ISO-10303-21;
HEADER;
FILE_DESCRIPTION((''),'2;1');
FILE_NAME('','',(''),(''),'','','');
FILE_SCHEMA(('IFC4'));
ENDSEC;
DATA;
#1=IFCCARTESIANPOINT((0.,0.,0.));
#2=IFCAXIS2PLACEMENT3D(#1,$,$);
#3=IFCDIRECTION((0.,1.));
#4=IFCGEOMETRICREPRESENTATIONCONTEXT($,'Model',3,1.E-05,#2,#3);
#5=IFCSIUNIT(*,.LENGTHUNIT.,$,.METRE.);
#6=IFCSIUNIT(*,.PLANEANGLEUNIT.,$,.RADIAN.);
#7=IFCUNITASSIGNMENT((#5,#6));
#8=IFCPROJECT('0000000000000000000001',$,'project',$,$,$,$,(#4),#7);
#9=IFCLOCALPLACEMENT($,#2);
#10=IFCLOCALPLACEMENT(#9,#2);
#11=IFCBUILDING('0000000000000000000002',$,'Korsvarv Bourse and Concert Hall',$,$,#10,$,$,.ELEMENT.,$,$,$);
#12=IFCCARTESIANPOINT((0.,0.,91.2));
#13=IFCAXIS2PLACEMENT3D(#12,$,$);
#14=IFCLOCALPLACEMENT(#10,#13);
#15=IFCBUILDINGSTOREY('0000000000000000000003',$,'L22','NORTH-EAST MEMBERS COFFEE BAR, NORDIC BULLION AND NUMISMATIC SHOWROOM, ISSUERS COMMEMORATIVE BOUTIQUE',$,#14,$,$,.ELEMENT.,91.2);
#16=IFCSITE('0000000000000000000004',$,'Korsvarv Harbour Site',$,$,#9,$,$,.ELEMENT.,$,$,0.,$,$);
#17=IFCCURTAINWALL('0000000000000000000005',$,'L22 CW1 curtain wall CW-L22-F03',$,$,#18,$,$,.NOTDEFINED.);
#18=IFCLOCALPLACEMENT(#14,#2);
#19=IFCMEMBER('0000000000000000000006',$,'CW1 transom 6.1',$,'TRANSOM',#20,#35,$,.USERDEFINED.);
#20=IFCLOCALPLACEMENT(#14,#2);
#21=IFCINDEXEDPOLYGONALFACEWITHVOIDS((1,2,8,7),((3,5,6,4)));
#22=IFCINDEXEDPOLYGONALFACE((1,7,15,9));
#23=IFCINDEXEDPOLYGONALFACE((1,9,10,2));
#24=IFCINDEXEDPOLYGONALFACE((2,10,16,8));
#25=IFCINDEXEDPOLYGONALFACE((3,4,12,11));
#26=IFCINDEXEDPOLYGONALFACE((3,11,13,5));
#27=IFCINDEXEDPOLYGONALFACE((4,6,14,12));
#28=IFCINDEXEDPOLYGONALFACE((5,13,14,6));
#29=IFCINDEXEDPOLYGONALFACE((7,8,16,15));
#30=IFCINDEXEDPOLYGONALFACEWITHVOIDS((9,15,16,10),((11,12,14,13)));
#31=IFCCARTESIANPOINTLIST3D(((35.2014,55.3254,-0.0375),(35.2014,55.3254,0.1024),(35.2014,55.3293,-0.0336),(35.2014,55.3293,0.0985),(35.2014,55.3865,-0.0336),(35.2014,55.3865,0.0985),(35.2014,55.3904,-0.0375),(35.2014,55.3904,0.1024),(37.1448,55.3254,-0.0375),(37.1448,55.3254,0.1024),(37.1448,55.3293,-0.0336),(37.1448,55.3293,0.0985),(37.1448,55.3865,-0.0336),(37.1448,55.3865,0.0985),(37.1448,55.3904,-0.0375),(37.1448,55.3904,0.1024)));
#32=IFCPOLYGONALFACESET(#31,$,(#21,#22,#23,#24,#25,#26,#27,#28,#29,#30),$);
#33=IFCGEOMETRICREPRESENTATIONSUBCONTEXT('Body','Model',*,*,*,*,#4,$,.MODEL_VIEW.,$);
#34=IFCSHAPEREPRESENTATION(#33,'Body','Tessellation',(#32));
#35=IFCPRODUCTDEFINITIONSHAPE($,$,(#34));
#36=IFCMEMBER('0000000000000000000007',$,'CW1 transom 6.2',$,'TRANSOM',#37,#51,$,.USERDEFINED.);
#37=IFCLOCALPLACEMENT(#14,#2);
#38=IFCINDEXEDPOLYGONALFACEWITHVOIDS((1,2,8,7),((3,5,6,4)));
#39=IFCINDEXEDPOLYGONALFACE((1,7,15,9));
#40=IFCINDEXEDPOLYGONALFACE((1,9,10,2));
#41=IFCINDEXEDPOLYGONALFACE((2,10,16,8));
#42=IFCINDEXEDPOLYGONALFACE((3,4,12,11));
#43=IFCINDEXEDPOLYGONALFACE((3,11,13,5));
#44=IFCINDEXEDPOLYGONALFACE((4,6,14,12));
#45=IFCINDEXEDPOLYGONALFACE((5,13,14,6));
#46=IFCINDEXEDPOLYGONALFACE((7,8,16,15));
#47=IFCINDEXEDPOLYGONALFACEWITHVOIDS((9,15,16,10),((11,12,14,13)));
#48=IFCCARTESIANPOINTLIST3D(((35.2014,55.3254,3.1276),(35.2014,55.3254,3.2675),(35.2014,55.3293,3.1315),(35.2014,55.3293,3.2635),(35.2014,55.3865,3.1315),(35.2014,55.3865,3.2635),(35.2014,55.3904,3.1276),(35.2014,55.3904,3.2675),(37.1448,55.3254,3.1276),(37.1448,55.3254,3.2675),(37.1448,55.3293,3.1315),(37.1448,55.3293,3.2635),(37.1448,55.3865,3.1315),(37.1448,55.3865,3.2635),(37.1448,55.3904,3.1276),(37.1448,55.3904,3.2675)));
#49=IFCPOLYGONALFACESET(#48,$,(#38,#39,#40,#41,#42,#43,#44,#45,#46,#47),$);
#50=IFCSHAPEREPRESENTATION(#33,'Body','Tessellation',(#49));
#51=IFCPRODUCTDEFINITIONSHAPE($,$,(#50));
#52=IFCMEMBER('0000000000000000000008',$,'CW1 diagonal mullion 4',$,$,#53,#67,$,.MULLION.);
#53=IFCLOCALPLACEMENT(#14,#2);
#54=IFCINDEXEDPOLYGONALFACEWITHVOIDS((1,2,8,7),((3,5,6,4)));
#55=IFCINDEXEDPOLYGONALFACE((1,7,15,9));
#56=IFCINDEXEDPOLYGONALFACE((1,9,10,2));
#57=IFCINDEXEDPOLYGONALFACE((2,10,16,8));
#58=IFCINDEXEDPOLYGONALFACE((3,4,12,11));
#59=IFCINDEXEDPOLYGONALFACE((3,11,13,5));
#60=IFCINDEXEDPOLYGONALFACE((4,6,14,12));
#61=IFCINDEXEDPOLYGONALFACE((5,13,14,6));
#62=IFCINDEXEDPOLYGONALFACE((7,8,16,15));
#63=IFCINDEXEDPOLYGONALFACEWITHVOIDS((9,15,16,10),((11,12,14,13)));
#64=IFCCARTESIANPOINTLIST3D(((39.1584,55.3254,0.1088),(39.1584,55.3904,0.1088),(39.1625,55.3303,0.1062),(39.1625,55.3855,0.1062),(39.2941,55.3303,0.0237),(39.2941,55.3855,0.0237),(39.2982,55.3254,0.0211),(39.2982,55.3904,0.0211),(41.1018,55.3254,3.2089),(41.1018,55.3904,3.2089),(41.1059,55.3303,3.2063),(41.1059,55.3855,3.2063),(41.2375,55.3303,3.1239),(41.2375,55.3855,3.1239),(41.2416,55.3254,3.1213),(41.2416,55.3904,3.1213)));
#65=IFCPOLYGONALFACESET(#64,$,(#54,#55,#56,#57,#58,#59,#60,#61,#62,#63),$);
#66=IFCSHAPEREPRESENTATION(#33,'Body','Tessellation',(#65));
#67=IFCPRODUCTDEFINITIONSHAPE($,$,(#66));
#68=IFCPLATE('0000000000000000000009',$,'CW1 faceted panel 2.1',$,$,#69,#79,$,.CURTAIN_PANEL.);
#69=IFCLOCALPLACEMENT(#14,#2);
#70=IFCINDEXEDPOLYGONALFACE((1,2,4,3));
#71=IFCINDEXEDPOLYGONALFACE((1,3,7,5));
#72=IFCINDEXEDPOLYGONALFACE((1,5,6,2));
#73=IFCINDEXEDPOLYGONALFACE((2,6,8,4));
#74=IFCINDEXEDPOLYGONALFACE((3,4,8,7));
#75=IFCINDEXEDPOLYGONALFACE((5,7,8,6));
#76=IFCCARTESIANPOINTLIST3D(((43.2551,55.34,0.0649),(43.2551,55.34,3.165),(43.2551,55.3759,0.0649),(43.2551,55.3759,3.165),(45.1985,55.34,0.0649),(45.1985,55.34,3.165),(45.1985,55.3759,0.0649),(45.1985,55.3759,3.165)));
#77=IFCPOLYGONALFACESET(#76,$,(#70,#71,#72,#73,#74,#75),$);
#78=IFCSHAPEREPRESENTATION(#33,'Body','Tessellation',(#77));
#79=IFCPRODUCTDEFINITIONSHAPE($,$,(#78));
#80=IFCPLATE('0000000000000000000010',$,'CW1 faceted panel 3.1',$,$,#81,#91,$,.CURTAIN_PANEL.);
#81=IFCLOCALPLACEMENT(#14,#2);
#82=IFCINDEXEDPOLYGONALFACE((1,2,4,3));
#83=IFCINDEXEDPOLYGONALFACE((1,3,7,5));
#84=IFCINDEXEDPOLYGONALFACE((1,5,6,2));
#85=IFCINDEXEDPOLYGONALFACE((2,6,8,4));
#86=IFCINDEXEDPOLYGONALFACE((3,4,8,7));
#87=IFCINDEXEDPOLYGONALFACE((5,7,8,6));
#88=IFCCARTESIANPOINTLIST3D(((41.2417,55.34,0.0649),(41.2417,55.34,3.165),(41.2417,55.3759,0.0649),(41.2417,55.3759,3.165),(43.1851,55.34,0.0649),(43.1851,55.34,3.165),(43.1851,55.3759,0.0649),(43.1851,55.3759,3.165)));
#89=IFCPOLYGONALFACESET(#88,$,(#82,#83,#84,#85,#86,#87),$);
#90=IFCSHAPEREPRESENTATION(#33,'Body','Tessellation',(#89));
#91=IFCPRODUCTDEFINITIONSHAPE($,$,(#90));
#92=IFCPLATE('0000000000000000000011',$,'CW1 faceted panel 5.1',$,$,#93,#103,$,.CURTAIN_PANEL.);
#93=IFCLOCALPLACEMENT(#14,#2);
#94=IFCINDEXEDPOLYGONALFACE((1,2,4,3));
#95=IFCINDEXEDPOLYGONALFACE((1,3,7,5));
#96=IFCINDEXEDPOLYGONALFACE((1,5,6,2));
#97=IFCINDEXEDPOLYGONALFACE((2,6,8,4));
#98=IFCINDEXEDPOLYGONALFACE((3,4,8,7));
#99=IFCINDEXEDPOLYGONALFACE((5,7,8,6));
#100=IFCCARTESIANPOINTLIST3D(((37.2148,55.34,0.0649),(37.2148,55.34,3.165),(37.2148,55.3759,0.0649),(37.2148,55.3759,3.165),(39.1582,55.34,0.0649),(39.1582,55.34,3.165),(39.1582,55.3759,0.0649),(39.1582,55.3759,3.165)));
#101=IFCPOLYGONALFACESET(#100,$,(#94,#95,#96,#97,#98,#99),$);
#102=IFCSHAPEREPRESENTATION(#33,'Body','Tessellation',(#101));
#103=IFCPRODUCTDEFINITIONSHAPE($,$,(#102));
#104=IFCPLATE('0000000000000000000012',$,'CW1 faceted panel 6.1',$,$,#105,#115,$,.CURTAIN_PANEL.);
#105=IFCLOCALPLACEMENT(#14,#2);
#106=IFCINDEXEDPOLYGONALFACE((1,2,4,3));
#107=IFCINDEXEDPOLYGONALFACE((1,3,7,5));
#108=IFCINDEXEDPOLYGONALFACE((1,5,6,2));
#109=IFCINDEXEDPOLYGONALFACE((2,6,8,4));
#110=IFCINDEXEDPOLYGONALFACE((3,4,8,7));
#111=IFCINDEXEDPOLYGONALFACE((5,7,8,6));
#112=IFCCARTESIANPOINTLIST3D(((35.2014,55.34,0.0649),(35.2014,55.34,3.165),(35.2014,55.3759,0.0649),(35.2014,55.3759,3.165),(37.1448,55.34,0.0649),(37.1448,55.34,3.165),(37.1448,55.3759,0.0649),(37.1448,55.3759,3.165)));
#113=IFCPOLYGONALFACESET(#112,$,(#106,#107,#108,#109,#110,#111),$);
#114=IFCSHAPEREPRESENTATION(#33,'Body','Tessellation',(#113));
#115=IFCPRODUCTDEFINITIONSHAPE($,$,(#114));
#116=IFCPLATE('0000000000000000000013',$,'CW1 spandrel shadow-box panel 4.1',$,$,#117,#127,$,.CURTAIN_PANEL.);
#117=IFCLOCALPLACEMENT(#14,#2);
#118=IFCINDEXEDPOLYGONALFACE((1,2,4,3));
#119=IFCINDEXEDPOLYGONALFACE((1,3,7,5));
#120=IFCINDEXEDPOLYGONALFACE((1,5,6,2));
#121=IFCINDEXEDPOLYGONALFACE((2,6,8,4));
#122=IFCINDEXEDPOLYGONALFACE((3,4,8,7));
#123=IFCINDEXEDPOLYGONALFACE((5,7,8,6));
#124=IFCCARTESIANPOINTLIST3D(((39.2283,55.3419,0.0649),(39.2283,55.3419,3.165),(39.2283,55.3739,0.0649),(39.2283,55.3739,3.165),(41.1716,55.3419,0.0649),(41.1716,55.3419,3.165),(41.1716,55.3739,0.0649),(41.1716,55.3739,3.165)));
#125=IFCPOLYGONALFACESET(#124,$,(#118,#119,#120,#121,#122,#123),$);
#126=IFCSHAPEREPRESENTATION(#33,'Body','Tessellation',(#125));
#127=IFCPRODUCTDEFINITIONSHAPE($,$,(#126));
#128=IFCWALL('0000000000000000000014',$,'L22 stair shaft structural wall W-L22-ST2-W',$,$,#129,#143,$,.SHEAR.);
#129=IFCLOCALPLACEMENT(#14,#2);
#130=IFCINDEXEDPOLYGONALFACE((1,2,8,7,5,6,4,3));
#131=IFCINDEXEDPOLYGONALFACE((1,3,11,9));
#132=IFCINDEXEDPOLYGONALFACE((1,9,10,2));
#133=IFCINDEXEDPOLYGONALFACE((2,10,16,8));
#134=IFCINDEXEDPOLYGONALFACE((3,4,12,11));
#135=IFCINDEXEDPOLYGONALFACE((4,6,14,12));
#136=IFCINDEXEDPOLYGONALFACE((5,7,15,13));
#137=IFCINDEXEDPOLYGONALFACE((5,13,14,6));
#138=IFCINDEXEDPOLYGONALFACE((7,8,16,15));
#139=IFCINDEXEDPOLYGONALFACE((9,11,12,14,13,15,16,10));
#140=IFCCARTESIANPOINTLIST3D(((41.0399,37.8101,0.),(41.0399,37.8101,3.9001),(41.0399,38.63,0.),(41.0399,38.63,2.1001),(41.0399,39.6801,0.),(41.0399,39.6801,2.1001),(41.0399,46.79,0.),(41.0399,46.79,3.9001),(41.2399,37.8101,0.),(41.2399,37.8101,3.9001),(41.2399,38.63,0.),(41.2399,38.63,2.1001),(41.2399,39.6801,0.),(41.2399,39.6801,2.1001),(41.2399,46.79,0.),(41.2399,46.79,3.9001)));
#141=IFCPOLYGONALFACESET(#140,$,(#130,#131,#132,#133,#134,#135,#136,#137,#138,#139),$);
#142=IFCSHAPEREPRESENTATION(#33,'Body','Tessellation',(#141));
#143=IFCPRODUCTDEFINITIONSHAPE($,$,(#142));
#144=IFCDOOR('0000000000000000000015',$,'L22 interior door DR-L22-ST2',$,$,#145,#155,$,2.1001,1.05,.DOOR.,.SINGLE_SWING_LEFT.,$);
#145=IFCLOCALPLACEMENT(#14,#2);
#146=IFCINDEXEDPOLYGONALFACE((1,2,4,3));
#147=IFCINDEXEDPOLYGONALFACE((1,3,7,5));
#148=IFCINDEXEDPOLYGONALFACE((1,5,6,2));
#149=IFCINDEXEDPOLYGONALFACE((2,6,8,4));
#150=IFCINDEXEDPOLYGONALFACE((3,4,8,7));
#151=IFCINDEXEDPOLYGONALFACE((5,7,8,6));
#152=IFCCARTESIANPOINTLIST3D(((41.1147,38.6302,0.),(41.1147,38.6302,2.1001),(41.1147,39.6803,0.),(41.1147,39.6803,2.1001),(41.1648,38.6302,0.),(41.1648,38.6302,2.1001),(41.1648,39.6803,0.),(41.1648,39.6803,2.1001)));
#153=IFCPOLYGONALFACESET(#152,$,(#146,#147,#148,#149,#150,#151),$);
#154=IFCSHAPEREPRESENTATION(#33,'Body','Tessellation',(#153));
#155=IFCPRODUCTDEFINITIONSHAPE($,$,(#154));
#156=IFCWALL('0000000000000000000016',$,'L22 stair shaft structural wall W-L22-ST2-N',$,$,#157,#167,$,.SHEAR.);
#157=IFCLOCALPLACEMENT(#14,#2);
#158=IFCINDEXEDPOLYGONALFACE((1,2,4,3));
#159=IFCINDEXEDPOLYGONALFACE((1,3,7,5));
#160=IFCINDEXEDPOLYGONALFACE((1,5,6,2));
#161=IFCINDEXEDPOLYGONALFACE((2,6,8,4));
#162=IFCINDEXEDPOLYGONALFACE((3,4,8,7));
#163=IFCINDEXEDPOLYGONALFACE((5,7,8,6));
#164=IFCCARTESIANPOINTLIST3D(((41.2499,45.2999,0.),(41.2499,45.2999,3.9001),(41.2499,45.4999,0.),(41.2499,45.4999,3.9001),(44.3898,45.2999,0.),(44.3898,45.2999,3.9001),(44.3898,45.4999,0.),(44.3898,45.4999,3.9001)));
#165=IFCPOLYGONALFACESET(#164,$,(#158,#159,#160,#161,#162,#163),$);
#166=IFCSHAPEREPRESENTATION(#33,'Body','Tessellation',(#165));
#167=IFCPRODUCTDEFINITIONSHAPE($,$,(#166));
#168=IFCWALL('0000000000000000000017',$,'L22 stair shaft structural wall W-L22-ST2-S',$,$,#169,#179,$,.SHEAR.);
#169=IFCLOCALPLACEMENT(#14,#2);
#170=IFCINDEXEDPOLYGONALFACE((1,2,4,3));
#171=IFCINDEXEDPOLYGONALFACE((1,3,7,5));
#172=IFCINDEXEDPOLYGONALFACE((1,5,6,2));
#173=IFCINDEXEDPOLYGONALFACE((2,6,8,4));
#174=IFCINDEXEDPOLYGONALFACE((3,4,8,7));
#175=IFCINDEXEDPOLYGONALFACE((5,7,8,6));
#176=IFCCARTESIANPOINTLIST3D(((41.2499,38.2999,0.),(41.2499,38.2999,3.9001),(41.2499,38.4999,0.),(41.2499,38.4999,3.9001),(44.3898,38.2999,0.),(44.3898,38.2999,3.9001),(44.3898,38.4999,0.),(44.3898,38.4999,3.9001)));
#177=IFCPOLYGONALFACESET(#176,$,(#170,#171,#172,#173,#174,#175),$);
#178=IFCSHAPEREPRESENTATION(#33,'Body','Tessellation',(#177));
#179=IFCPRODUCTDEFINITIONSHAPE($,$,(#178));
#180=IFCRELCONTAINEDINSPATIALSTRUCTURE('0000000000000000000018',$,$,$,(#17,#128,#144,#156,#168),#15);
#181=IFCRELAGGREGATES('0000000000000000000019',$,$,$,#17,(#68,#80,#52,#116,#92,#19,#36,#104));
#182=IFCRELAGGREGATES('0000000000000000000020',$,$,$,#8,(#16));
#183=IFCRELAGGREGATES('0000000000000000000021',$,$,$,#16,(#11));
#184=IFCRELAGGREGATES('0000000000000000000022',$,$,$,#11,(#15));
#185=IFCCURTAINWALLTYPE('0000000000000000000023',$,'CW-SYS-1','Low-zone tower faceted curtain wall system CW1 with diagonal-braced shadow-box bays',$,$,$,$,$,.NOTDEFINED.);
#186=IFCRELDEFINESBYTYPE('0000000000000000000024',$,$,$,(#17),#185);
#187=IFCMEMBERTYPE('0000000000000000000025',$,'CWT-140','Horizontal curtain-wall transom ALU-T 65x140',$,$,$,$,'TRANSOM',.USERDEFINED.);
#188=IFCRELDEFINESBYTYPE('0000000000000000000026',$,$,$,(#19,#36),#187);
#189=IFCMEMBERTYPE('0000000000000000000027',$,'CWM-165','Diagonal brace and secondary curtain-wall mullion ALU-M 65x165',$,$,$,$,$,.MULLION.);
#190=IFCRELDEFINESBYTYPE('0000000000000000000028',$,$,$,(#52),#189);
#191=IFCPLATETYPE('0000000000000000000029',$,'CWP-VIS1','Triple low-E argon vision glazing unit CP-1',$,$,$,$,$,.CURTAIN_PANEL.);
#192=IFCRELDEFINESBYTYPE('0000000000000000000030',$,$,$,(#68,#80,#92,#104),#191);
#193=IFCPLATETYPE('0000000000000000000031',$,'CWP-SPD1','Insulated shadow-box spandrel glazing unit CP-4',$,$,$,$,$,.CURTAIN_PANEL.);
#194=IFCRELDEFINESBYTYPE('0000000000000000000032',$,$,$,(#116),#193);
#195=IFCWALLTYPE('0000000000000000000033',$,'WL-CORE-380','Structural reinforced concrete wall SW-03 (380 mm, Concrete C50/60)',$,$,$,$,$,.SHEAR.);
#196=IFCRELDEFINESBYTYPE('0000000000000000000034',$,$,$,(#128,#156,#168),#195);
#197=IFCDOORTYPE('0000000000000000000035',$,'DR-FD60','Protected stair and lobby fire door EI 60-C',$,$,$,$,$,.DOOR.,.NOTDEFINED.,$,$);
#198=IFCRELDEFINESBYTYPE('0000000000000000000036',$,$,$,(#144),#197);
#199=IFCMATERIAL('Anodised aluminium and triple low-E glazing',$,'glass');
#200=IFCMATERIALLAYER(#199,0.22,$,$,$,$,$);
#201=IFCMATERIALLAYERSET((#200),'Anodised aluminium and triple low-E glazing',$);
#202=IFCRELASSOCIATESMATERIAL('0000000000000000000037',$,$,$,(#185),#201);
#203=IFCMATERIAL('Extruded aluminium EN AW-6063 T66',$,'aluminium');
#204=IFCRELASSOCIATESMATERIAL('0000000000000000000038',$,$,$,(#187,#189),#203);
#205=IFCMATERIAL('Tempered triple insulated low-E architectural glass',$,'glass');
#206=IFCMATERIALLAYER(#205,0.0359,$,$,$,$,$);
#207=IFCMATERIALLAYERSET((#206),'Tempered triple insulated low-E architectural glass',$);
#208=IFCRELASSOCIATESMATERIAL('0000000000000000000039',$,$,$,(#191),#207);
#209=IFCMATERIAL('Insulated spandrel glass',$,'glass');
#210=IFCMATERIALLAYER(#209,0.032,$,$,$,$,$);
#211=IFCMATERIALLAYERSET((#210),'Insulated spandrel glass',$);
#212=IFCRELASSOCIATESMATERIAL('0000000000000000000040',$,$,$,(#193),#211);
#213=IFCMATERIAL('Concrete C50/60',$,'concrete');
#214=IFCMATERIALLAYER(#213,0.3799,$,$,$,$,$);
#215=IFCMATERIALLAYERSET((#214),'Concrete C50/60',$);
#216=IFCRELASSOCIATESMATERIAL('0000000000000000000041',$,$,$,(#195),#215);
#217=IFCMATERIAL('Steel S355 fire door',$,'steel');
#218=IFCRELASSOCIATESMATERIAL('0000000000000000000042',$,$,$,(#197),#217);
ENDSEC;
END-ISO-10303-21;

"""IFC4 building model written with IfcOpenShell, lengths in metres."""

from ifc_helpers import new_model, si_unit, direction, frame, frame_2d, origin, origin_2d, place, context, subcontext, project, spatial, rectangle, hollow_rectangle, extrude, source, transform, mapped, material, layer, layer_set, material_profile, profile_set, type_object, element, fill, aggregate, save


model = new_model("IFC4")

# Units and contexts
model_context = context("Model", 3, precision=1e-05, world=origin(), true_north=direction((0.0, 1.0)))
body_context = subcontext(model_context, "Body", "Model", "MODEL_VIEW")
ifc_project = project(units=[si_unit("LENGTHUNIT", "METRE"), si_unit("PLANEANGLEUNIT", "RADIAN")], contexts=[model_context])

# Site, building, storey
site_placement = place(None, origin())
site = spatial("IfcSite", under=ifc_project, at=site_placement, Name="Korsvarv Harbour Site", CompositionType="ELEMENT", RefElevation=0.0)
building_placement = place(site_placement, origin())
building = spatial("IfcBuilding", under=site, at=building_placement, Name="Korsvarv Bourse and Concert Hall", CompositionType="ELEMENT")
storey_placement = place(building_placement, frame((0.0, 0.0, 91.2)))
storey = spatial("IfcBuildingStorey", under=building, at=storey_placement, Name="L22", Description="NORTH-EAST MEMBERS COFFEE BAR, NORDIC BULLION AND NUMISMATIC SHOWROOM, ISSUERS COMMEMORATIVE BOUTIQUE", CompositionType="ELEMENT", Elevation=91.2)

# Curtain wall, members, plates
ifc_material_1 = material(Name="Anodised aluminium and triple low-E glazing", Category="glass")
ifc_layer_1 = layer(ifc_material_1, 0.22)
ifc_layer_set_1 = layer_set([ifc_layer_1], Name="Anodised aluminium and triple low-E glazing")
curtain_wall_type = type_object("IfcCurtainWallType", Name="CW-SYS-1", Description="Low-zone tower faceted curtain wall system CW1 with diagonal-braced shadow-box bays", PredefinedType="NOTDEFINED", material=ifc_layer_set_1)
curtain_wall_placement = place(storey_placement, origin())
curtain_wall = element("IfcCurtainWall", 1, at=curtain_wall_placement, inside=storey, type_object=curtain_wall_type, Name="L22 CW1 curtain wall CW-L22-F03", PredefinedType="NOTDEFINED")
ifc_material_2 = material(Name="Extruded aluminium EN AW-6063 T66", Category="aluminium")
ifc_material_profile_1 = material_profile(ifc_material_2, hollow_rectangle(XDim=0.0649, YDim=0.1399, WallThickness=0.0039, at=origin_2d()), Name="ALU-T 65x140")
ifc_profile_set_1 = profile_set([ifc_material_profile_1], Name="Extruded aluminium EN AW-6063 T66")
member_type_1 = type_object("IfcMemberType", Name="CWT-140", Description="Horizontal curtain-wall transom ALU-T 65x140", ElementType="TRANSOM", PredefinedType="USERDEFINED", material=ifc_profile_set_1)
shared_shape_1 = source(origin(), body_context, "Body", "SweptSolid", [
    extrude(hollow_rectangle(XDim=0.0649, YDim=0.1399, WallThickness=0.0039, at=origin_2d()), origin(), (0.0, 0.0, 1.0), 1.9434),
])
member_1_placement = place(storey_placement, frame((37.1448, 55.3579, 0.0325), z_axis=(-1.0, 0.0, 0.0), x_axis=(0.0, -1.0, 0.0)))
member_1 = element("IfcMember", 2, at=member_1_placement, type_object=member_type_1, Name="CW1 transom 6.1", ObjectType="TRANSOM", PredefinedType="USERDEFINED", context=body_context, shape_type="MappedRepresentation", body=[
    mapped(shared_shape_1, transform((0.0, 0.0, 0.0), scale=1.0)),
])
member_2_placement = place(storey_placement, frame((37.1448, 55.3579, 3.1975), z_axis=(-1.0, 0.0, 0.0), x_axis=(0.0, -1.0, 0.0)))
member_2 = element("IfcMember", 3, at=member_2_placement, type_object=member_type_1, Name="CW1 transom 6.2", ObjectType="TRANSOM", PredefinedType="USERDEFINED", context=body_context, shape_type="MappedRepresentation", body=[
    mapped(shared_shape_1, transform((0.0, 0.0, 0.0), scale=1.0)),
])
ifc_material_profile_2 = material_profile(ifc_material_2, hollow_rectangle(XDim=0.0649, YDim=0.165, WallThickness=0.0049, at=origin_2d()), Name="ALU-M 65x165")
ifc_profile_set_2 = profile_set([ifc_material_profile_2], Name="Extruded aluminium EN AW-6063 T66")
member_type_2 = type_object("IfcMemberType", Name="CWM-165", Description="Diagonal brace and secondary curtain-wall mullion ALU-M 65x165", PredefinedType="MULLION", material=ifc_profile_set_2)
shared_shape_2 = source(origin(), body_context, "Body", "SweptSolid", [
    extrude(hollow_rectangle(XDim=0.0649, YDim=0.165, WallThickness=0.0049, at=origin_2d()), origin(), (0.0, 0.0, 1.0), 3.6589),
])
member_3_placement = place(storey_placement, frame((39.2283, 55.3579, 0.0649), z_axis=(0.531138, 0.0, 0.847285), x_axis=(0.0, 1.0, 0.0)))
member_3 = element("IfcMember", 4, at=member_3_placement, type_object=member_type_2, Name="CW1 diagonal mullion 4", PredefinedType="MULLION", context=body_context, shape_type="MappedRepresentation", body=[
    mapped(shared_shape_2, transform((0.0, 0.0, 0.0), scale=1.0)),
])
ifc_material_3 = material(Name="Tempered triple insulated low-E architectural glass", Category="glass")
ifc_layer_2 = layer(ifc_material_3, 0.0359)
ifc_layer_set_2 = layer_set([ifc_layer_2], Name="Tempered triple insulated low-E architectural glass")
plate_type_1 = type_object("IfcPlateType", Name="CWP-VIS1", Description="Triple low-E argon vision glazing unit CP-1", PredefinedType="CURTAIN_PANEL", material=ifc_layer_set_2)
shared_shape_3 = source(origin(), body_context, "Body", "SweptSolid", [
    extrude(rectangle(XDim=1.9434, YDim=0.0359, at=origin_2d()), origin(), (0.0, 0.0, 1.0), 3.1001),
])
plate_1_placement = place(storey_placement, frame((44.2268, 55.3579, 0.0649), z_axis=(0.0, 0.0, 1.0), x_axis=(-1.0, 0.0, 0.0)))
plate_1 = element("IfcPlate", 5, at=plate_1_placement, type_object=plate_type_1, Name="CW1 faceted panel 2.1", PredefinedType="CURTAIN_PANEL", context=body_context, shape_type="MappedRepresentation", body=[
    mapped(shared_shape_3, transform((0.0, 0.0, 0.0), scale=1.0)),
])
plate_2_placement = place(storey_placement, frame((42.2134, 55.3579, 0.0649), z_axis=(0.0, 0.0, 1.0), x_axis=(-1.0, 0.0, 0.0)))
plate_2 = element("IfcPlate", 6, at=plate_2_placement, type_object=plate_type_1, Name="CW1 faceted panel 3.1", PredefinedType="CURTAIN_PANEL", context=body_context, shape_type="MappedRepresentation", body=[
    mapped(shared_shape_3, transform((0.0, 0.0, 0.0), scale=1.0)),
])
plate_3_placement = place(storey_placement, frame((38.1865, 55.3579, 0.0649), z_axis=(0.0, 0.0, 1.0), x_axis=(-1.0, 0.0, 0.0)))
plate_3 = element("IfcPlate", 7, at=plate_3_placement, type_object=plate_type_1, Name="CW1 faceted panel 5.1", PredefinedType="CURTAIN_PANEL", context=body_context, shape_type="MappedRepresentation", body=[
    mapped(shared_shape_3, transform((0.0, 0.0, 0.0), scale=1.0)),
])
plate_4_placement = place(storey_placement, frame((36.1731, 55.3579, 0.0649), z_axis=(0.0, 0.0, 1.0), x_axis=(-1.0, 0.0, 0.0)))
plate_4 = element("IfcPlate", 8, at=plate_4_placement, type_object=plate_type_1, Name="CW1 faceted panel 6.1", PredefinedType="CURTAIN_PANEL", context=body_context, shape_type="MappedRepresentation", body=[
    mapped(shared_shape_3, transform((0.0, 0.0, 0.0), scale=1.0)),
])
ifc_material_4 = material(Name="Insulated spandrel glass", Category="glass")
ifc_layer_3 = layer(ifc_material_4, 0.032)
ifc_layer_set_3 = layer_set([ifc_layer_3], Name="Insulated spandrel glass")
plate_type_2 = type_object("IfcPlateType", Name="CWP-SPD1", Description="Insulated shadow-box spandrel glazing unit CP-4", PredefinedType="CURTAIN_PANEL", material=ifc_layer_set_3)
shared_shape_4 = source(origin(), body_context, "Body", "SweptSolid", [
    extrude(rectangle(XDim=1.9434, YDim=0.032, at=origin_2d()), origin(), (0.0, 0.0, 1.0), 3.1001),
])
plate_5_placement = place(storey_placement, frame((40.2, 55.3579, 0.0649), z_axis=(0.0, 0.0, 1.0), x_axis=(-1.0, 0.0, 0.0)))
plate_5 = element("IfcPlate", 9, at=plate_5_placement, type_object=plate_type_2, Name="CW1 spandrel shadow-box panel 4.1", PredefinedType="CURTAIN_PANEL", context=body_context, shape_type="MappedRepresentation", body=[
    mapped(shared_shape_4, transform((0.0, 0.0, 0.0), scale=1.0)),
])
aggregate(curtain_wall, [plate_1, plate_2, member_3, plate_5, plate_3, member_1, member_2, plate_4])

# Wall, opening, door
ifc_material_5 = material(Name="Concrete C50/60", Category="concrete")
ifc_layer_4 = layer(ifc_material_5, 0.3799)
ifc_layer_set_4 = layer_set([ifc_layer_4], Name="Concrete C50/60")
wall_type_1 = type_object("IfcWallType", Name="WL-CORE-380", Description="Structural reinforced concrete wall SW-03 (380 mm, Concrete C50/60)", PredefinedType="SHEAR", material=ifc_layer_set_4)
wall_1_placement = place(storey_placement, frame((41.1399, 37.8101, 0.0), z_axis=(0.0, 0.0, 1.0), x_axis=(0.0, 1.0, 0.0)))
wall_1 = element("IfcWall", 10, at=wall_1_placement, inside=storey, type_object=wall_type_1, Name="L22 stair shaft structural wall W-L22-ST2-W", PredefinedType="SHEAR", context=body_context, shape_type="SweptSolid", body=[
    extrude(rectangle(XDim=8.98, YDim=0.2, at=frame_2d((4.49, 0.0))), origin(), (0.0, 0.0, 1.0), 3.9001),
])
opening_1_placement = place(wall_1_placement, frame((0.8201, 0.0, 0.0)))
opening_1 = element("IfcOpeningElement", 11, at=opening_1_placement, cuts=wall_1, PredefinedType="OPENING", context=body_context, shape_type="SweptSolid", body=[
    extrude(rectangle(XDim=1.05, YDim=2.1001, at=frame_2d((0.5249, 1.05))), frame((0.0, 0.1099, 0.0), z_axis=(0.0, -1.0, 0.0), x_axis=(1.0, 0.0, 0.0)), (0.0, 0.0, 1.0), 0.22),
])
ifc_material_6 = material(Name="Steel S355 fire door", Category="steel")
door_type_1 = type_object("IfcDoorType", Name="DR-FD60", Description="Protected stair and lobby fire door EI 60-C", OperationType="NOTDEFINED", PredefinedType="DOOR", material=ifc_material_6)
door_1_placement = place(opening_1_placement, frame((1.05, 0.0, 0.0), z_axis=(0.0, 0.0, 1.0), x_axis=(-1.0, 0.0, 0.0)))
door_1 = element("IfcDoor", 12, at=door_1_placement, inside=storey, type_object=door_type_1, Name="L22 interior door DR-L22-ST2", OperationType="SINGLE_SWING_LEFT", OverallHeight=2.1001, OverallWidth=1.05, PredefinedType="DOOR", context=body_context, shape_type="SweptSolid", body=[
    extrude(rectangle(XDim=1.05, YDim=2.1001, at=frame_2d((0.5249, 1.05))), frame((0.0, 0.0249, 0.0), z_axis=(0.0, -1.0, 0.0), x_axis=(1.0, 0.0, 0.0)), (0.0, 0.0, 1.0), 0.05),
])
fill(opening_1, door_1)

# Walls
for number, where, z_axis, x_axis, name in (
    (13, (41.25, 45.3999, 0.0), (0.0, 0.0, 1.0), (1.0, 0.0, 0.0), "L22 stair shaft structural wall W-L22-ST2-N"),
    (14, (41.25, 38.3999, 0.0), (0.0, 0.0, 1.0), (1.0, 0.0, 0.0), "L22 stair shaft structural wall W-L22-ST2-S"),
):
    element("IfcWall", number, at=place(storey_placement, frame(where, z_axis=z_axis, x_axis=x_axis)), inside=storey, type_object=wall_type_1, Name=name, PredefinedType="SHEAR", context=body_context, shape_type="SweptSolid", body=[
        extrude(rectangle(XDim=3.1399, YDim=0.2, at=frame_2d((1.5698, 0.0))), origin(), (0.0, 0.0, 1.0), 3.9001),
    ])

save(model, "model.ifc")
